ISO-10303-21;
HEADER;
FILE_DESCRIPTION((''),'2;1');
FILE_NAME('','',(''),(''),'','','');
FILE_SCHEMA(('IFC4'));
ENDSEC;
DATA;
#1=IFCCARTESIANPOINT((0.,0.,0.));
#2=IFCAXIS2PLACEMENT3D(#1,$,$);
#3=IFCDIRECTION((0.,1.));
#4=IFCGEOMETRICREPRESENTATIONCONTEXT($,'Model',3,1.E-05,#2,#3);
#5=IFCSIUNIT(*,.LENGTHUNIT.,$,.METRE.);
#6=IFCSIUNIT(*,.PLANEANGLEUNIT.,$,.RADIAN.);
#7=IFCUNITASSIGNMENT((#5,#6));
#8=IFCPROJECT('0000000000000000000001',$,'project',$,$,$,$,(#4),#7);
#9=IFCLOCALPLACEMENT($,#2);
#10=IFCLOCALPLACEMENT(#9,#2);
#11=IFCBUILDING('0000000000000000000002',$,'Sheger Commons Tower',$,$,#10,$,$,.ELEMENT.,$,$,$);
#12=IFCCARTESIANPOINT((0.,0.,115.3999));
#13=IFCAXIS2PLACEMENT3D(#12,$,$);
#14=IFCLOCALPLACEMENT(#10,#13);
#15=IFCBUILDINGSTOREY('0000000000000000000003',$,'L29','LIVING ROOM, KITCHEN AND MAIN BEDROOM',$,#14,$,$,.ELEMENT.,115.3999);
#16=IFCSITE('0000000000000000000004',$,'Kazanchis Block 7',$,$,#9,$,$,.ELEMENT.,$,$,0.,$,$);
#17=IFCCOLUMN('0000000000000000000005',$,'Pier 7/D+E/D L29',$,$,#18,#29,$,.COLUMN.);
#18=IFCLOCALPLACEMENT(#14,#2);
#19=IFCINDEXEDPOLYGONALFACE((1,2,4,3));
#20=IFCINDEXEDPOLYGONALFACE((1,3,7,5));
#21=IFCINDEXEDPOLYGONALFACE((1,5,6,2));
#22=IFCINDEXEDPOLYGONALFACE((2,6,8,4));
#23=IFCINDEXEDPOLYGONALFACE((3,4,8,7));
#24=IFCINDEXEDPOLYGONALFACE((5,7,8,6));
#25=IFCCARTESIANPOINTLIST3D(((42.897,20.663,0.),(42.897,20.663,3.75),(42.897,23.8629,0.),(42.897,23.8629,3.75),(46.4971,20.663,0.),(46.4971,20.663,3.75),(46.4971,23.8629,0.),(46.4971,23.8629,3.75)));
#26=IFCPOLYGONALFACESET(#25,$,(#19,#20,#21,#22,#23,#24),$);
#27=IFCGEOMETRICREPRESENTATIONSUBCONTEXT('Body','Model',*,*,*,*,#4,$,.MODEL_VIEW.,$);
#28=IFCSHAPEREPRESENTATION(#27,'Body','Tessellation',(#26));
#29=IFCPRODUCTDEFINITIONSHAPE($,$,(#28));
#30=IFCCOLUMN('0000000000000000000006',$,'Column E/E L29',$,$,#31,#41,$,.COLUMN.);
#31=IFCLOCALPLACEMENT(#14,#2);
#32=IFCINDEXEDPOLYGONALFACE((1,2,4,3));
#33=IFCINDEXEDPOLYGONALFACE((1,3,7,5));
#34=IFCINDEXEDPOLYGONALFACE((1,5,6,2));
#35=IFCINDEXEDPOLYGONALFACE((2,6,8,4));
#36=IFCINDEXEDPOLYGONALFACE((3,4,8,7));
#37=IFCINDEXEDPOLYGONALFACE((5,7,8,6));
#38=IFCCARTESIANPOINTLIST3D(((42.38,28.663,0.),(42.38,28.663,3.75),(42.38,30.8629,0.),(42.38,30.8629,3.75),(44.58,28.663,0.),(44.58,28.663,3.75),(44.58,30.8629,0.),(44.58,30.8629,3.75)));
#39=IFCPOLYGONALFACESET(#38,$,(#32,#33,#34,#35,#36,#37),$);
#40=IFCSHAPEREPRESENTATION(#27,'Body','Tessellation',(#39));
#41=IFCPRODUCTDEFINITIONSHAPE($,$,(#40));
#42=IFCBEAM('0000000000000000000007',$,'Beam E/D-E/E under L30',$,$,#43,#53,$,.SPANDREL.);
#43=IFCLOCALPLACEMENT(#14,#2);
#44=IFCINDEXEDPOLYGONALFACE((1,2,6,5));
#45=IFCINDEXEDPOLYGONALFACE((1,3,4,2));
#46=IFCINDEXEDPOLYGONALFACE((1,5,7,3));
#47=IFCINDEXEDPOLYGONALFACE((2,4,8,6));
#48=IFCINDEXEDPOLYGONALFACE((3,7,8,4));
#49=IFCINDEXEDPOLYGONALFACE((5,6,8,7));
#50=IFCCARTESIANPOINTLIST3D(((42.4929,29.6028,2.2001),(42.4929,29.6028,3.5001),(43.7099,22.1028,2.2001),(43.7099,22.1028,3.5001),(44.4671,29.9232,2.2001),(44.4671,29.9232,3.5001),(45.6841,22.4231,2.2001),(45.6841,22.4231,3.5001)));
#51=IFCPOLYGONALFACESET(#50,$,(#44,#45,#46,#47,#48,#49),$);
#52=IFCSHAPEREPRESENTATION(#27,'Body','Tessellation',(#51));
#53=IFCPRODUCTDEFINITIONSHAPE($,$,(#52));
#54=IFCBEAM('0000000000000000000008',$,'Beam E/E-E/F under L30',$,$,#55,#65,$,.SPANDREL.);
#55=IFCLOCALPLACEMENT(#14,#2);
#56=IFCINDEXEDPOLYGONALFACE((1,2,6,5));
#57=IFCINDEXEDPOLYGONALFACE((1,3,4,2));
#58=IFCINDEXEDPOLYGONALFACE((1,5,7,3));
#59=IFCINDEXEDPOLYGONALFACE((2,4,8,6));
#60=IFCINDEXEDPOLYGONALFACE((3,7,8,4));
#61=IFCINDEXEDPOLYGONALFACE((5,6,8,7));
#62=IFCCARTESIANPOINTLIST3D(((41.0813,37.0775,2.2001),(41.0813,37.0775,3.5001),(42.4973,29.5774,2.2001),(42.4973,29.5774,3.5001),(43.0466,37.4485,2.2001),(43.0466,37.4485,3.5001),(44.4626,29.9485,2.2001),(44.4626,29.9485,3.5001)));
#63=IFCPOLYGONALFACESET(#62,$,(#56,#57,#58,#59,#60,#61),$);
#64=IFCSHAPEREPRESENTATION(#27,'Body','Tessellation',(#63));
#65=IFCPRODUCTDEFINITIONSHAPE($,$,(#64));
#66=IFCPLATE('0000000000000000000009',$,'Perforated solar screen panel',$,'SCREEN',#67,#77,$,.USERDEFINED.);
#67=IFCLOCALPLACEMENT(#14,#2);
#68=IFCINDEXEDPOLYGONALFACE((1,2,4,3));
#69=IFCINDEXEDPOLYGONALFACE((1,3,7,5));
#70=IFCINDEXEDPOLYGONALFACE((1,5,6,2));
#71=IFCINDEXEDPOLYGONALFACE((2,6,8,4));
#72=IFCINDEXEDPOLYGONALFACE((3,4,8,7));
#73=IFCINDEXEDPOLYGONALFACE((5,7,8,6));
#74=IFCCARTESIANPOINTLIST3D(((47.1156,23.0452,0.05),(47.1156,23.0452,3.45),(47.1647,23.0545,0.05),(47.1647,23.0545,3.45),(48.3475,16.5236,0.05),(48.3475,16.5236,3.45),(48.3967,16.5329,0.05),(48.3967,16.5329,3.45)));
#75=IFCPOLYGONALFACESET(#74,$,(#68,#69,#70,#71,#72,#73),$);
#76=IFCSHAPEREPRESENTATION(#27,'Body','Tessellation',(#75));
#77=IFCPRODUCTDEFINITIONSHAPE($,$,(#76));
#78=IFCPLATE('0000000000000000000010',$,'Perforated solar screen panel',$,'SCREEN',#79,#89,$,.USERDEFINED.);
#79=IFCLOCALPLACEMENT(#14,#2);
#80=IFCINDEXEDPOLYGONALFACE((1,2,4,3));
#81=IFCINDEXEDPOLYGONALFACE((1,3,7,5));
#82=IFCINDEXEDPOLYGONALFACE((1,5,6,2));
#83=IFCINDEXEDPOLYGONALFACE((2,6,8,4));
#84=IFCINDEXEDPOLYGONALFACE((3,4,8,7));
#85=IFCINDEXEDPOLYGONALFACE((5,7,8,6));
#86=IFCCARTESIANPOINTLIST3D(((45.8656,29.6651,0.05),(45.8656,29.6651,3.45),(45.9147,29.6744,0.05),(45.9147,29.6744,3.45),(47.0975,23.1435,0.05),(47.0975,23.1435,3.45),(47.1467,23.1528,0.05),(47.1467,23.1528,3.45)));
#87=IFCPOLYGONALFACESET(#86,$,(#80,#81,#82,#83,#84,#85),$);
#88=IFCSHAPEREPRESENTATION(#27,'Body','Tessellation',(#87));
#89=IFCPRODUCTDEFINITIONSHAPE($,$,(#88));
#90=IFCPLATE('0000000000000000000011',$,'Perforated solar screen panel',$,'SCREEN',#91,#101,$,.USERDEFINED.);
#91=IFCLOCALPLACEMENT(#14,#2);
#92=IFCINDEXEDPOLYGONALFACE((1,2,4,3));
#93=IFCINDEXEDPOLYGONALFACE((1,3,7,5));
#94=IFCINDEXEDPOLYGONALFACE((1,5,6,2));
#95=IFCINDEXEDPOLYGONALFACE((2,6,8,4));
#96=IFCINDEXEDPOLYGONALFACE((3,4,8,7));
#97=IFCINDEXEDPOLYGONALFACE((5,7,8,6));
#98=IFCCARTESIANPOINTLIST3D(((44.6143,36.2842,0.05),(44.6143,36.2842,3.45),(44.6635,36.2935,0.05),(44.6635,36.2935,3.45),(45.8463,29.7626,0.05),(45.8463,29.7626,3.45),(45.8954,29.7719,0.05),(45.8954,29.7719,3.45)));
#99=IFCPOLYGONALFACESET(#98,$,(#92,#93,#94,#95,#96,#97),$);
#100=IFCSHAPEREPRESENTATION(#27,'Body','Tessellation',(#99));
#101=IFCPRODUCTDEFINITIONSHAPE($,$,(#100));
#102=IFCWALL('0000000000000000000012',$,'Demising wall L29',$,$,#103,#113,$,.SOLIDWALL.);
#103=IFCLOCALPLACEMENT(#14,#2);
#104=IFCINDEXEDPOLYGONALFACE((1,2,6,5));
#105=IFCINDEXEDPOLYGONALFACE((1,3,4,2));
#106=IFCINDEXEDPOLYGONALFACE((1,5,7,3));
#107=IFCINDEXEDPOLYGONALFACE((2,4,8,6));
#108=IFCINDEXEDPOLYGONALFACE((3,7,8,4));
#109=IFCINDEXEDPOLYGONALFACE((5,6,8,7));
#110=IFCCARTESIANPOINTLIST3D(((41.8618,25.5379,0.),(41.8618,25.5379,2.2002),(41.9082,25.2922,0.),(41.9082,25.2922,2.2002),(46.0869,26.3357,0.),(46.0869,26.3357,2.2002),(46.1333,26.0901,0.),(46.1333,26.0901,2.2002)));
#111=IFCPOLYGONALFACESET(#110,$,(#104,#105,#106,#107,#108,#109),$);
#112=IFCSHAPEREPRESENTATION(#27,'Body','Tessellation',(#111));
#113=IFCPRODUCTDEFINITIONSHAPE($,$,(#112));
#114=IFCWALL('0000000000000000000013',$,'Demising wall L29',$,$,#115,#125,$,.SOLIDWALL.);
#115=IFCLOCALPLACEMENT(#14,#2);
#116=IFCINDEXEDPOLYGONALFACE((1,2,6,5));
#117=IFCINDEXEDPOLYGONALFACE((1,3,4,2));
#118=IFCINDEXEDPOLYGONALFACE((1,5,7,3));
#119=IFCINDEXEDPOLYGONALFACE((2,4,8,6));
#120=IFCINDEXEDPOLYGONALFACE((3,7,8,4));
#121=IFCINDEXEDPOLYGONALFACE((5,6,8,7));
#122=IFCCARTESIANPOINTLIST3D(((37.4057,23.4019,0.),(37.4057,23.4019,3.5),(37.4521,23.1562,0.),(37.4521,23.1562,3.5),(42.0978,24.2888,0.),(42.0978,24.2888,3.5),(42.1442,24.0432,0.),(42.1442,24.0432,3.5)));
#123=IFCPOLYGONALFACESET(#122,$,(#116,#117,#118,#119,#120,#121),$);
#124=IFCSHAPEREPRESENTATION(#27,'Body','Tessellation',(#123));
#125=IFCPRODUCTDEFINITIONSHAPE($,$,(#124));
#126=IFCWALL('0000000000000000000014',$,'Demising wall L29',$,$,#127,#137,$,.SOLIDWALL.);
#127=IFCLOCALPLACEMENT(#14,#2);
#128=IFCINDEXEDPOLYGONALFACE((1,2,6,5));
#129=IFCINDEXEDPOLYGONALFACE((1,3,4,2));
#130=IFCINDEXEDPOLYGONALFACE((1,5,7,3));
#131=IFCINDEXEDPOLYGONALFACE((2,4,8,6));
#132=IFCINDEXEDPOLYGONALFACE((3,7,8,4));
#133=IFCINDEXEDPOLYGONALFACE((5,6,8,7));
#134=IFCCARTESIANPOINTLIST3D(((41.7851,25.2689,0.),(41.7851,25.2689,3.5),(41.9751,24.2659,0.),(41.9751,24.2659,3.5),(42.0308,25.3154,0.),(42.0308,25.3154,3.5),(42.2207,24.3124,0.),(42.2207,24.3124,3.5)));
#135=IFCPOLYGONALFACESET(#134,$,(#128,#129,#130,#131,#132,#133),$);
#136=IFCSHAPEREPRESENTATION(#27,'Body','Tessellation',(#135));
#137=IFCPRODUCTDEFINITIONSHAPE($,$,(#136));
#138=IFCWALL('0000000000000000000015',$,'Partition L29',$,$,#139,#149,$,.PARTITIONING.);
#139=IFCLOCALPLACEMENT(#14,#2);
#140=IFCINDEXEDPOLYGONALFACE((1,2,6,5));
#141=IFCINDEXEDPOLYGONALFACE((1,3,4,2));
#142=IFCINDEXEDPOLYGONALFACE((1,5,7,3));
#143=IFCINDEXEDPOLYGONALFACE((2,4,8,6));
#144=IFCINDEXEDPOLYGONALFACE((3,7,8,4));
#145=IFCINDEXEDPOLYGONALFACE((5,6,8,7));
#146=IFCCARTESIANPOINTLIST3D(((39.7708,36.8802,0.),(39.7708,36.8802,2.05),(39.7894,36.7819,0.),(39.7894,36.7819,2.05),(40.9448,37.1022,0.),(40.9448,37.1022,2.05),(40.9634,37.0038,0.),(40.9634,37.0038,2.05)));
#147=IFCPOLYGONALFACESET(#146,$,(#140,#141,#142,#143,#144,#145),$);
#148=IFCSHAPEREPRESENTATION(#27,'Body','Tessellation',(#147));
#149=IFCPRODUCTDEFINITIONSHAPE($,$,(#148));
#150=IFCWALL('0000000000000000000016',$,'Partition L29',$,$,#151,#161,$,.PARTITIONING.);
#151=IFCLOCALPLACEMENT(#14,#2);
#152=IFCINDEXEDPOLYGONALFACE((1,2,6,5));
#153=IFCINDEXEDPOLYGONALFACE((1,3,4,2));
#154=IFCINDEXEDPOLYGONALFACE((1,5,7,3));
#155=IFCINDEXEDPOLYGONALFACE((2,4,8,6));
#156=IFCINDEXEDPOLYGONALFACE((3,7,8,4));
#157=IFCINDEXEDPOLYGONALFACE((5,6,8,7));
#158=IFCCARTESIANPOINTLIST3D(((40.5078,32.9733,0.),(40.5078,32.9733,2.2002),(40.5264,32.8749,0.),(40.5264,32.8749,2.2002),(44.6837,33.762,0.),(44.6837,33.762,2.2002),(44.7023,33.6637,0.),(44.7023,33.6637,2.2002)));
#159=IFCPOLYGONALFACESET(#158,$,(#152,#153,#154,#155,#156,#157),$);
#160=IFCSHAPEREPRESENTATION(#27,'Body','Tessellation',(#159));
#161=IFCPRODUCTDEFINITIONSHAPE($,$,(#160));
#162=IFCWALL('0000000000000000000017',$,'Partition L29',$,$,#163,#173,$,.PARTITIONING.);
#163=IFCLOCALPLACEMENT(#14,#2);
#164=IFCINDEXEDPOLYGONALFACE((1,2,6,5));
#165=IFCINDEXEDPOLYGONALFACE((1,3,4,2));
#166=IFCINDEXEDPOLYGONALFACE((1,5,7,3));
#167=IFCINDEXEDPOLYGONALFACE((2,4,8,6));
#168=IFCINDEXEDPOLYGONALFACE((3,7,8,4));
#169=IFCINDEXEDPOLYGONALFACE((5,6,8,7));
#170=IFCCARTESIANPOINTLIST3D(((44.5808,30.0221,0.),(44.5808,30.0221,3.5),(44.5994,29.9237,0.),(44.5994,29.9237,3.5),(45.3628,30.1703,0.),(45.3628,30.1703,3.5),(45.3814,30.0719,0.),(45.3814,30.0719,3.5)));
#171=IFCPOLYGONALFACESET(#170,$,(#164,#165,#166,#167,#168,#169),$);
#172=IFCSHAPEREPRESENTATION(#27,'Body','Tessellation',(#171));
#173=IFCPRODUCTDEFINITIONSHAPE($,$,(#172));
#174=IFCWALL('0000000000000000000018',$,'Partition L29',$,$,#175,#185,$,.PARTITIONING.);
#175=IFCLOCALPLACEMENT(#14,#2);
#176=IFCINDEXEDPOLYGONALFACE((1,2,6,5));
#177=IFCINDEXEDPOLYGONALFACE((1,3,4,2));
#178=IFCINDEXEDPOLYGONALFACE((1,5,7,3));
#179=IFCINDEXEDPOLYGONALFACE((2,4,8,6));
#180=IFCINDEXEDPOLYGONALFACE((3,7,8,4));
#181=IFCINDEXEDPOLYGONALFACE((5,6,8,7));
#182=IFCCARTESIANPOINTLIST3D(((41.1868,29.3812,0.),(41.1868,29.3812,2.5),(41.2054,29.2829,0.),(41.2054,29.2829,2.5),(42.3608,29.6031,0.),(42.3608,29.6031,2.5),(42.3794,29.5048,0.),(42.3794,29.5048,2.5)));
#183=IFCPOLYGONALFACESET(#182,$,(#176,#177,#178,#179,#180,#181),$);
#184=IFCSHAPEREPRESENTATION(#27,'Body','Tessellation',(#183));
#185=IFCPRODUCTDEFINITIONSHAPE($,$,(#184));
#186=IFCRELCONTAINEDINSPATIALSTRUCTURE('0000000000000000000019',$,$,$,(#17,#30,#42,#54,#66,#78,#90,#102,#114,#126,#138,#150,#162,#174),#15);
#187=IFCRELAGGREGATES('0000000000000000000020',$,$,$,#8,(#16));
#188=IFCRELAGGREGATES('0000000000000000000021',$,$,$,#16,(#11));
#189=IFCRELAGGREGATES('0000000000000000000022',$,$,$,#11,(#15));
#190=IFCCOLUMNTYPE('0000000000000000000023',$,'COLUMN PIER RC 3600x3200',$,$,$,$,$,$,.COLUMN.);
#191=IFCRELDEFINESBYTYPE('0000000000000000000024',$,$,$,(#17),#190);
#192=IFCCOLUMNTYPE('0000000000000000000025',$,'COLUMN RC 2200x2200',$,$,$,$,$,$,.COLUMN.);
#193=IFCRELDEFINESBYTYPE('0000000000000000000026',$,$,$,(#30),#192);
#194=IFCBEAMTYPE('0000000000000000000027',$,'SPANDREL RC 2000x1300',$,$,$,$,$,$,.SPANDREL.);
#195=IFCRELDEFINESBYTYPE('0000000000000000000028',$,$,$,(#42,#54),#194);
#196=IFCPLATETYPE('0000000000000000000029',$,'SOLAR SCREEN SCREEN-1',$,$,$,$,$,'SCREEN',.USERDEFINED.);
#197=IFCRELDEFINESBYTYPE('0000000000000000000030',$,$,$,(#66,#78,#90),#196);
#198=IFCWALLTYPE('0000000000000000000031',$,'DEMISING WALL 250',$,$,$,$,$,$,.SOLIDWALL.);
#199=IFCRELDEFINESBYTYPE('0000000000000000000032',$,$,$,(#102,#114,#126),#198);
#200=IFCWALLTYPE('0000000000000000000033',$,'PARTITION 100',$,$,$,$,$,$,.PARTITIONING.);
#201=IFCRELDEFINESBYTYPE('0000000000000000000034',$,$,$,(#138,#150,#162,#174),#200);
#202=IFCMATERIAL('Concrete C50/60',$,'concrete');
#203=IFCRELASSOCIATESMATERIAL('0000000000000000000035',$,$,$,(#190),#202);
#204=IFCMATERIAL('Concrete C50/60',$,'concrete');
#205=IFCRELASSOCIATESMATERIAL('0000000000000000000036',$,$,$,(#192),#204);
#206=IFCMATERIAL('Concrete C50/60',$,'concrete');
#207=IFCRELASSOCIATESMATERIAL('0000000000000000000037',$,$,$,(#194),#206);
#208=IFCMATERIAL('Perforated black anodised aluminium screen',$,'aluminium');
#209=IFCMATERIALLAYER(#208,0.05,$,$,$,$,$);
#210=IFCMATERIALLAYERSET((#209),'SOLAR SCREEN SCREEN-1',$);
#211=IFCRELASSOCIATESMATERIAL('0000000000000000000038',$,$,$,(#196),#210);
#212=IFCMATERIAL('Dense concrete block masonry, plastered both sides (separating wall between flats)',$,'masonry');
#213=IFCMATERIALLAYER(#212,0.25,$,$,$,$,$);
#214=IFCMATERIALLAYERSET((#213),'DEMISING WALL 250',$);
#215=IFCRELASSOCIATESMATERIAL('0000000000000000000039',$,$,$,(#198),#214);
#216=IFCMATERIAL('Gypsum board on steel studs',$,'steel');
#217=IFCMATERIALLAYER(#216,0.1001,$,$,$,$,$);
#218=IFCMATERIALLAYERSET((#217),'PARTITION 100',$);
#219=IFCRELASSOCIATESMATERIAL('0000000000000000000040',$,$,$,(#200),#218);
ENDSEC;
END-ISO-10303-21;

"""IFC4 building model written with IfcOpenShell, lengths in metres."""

from ifc_helpers import new_model, si_unit, direction, frame, frame_2d, origin, origin_2d, place, context, subcontext, project, spatial, rectangle, extrude, material, layer, layer_set, material_profile, profile_set, type_object, element, save


model = new_model("IFC4")

# Units and contexts
model_context = context("Model", 3, precision=1e-05, world=origin(), true_north=direction((0.0, 1.0)))
body_context = subcontext(model_context, "Body", "Model", "MODEL_VIEW")
ifc_project = project(units=[si_unit("LENGTHUNIT", "METRE"), si_unit("PLANEANGLEUNIT", "RADIAN")], contexts=[model_context])

# Site, building, storey
site_placement = place(None, origin())
site = spatial("IfcSite", under=ifc_project, at=site_placement, Name="Kazanchis Block 7", CompositionType="ELEMENT", RefElevation=0.0)
building_placement = place(site_placement, origin())
building = spatial("IfcBuilding", under=site, at=building_placement, Name="Sheger Commons Tower", CompositionType="ELEMENT")
storey_placement = place(building_placement, frame((0.0, 0.0, 115.3999)))
storey = spatial("IfcBuildingStorey", under=building, at=storey_placement, Name="L29", Description="LIVING ROOM, KITCHEN AND MAIN BEDROOM", CompositionType="ELEMENT", Elevation=115.3999)

# Columns
ifc_material_1 = material(Name="Concrete C50/60", Category="concrete")
ifc_material_profile_1 = material_profile(ifc_material_1, rectangle(XDim=3.6001, YDim=3.2, at=origin_2d()), Name="RC 3600x3200")
ifc_profile_set_1 = profile_set([ifc_material_profile_1], Name="Concrete C50/60")
column_type_1 = type_object("IfcColumnType", Name="COLUMN PIER RC 3600x3200", PredefinedType="COLUMN", material=ifc_profile_set_1)
column_1_placement = place(storey_placement, frame((44.697, 22.2629, 0.0), z_axis=(0.0, 0.0, 1.0), x_axis=(1.0, 0.0, 0.0)))
element("IfcColumn", 1, at=column_1_placement, inside=storey, type_object=column_type_1, Name="Pier 7/D+E/D L29", PredefinedType="COLUMN", context=body_context, shape_type="SweptSolid", body=[
    extrude(rectangle(XDim=3.6001, YDim=3.2, at=origin_2d()), origin(), (0.0, 0.0, 1.0), 3.75),
])
ifc_material_2 = material(Name="Concrete C50/60", Category="concrete")
ifc_material_profile_2 = material_profile(ifc_material_2, rectangle(XDim=2.2, YDim=2.2, at=origin_2d()), Name="RC 2200x2200")
ifc_profile_set_2 = profile_set([ifc_material_profile_2], Name="Concrete C50/60")
column_type_2 = type_object("IfcColumnType", Name="COLUMN RC 2200x2200", PredefinedType="COLUMN", material=ifc_profile_set_2)
column_2_placement = place(storey_placement, frame((43.48, 29.7629, 0.0), z_axis=(0.0, 0.0, 1.0), x_axis=(1.0, 0.0, 0.0)))
element("IfcColumn", 2, at=column_2_placement, inside=storey, type_object=column_type_2, Name="Column E/E L29", PredefinedType="COLUMN", context=body_context, shape_type="SweptSolid", body=[
    extrude(rectangle(XDim=2.2, YDim=2.2, at=origin_2d()), origin(), (0.0, 0.0, 1.0), 3.75),
])

# Beams
ifc_material_3 = material(Name="Concrete C50/60", Category="concrete")
ifc_material_profile_3 = material_profile(ifc_material_3, rectangle(XDim=2.0, YDim=1.3, at=origin_2d()), Name="RC 2000x1300")
ifc_profile_set_3 = profile_set([ifc_material_profile_3], Name="Concrete C50/60")
beam_type = type_object("IfcBeamType", Name="SPANDREL RC 2000x1300", PredefinedType="SPANDREL", material=ifc_profile_set_3)
beam_1_placement = place(storey_placement, frame((44.697, 22.2629, 2.8501), z_axis=(-0.160177, 0.987088, 0.0), x_axis=(-0.987088, -0.160177, 0.0)))
element("IfcBeam", 3, at=beam_1_placement, inside=storey, type_object=beam_type, Name="Beam E/D-E/E under L30", PredefinedType="SPANDREL", context=body_context, shape_type="SweptSolid", body=[
    extrude(rectangle(XDim=2.0, YDim=1.3, at=origin_2d()), origin(), (0.0, 0.0, 1.0), 7.5981),
])
beam_2_placement = place(storey_placement, frame((43.48, 29.7629, 2.8501), z_axis=(-0.185524, 0.98264, 0.0), x_axis=(-0.98264, -0.185524, 0.0)))
element("IfcBeam", 4, at=beam_2_placement, inside=storey, type_object=beam_type, Name="Beam E/E-E/F under L30", PredefinedType="SPANDREL", context=body_context, shape_type="SweptSolid", body=[
    extrude(rectangle(XDim=2.0, YDim=1.3, at=origin_2d()), origin(), (0.0, 0.0, 1.0), 7.6326),
])

# Plates
ifc_material_4 = material(Name="Perforated black anodised aluminium screen", Category="aluminium")
ifc_layer_1 = layer(ifc_material_4, 0.05)
ifc_layer_set_1 = layer_set([ifc_layer_1], Name="SOLAR SCREEN SCREEN-1")
plate_type = type_object("IfcPlateType", Name="SOLAR SCREEN SCREEN-1", ElementType="SCREEN", PredefinedType="USERDEFINED", material=ifc_layer_set_1)
for number, where, z_axis, x_axis, name in (
    (5, (47.7561, 19.7891, 0.05), (0.0, 0.0, 1.0), (-0.185615, 0.982623, 0.0), "Perforated solar screen panel"),
    (6, (46.5061, 26.4089, 0.05), (0.0, 0.0, 1.0), (-0.185615, 0.982623, 0.0), "Perforated solar screen panel"),
    (7, (45.2549, 33.0281, 0.05), (0.0, 0.0, 1.0), (-0.185615, 0.982623, 0.0), "Perforated solar screen panel"),
):
    element("IfcPlate", number, at=place(storey_placement, frame(where, z_axis=z_axis, x_axis=x_axis)), inside=storey, type_object=plate_type, Name=name, ObjectType="SCREEN", PredefinedType="USERDEFINED", context=body_context, shape_type="SweptSolid", body=[
        extrude(rectangle(XDim=6.637, YDim=0.05, at=origin_2d()), origin(), (0.0, 0.0, 1.0), 3.3999),
    ])

# Walls
ifc_material_5 = material(Name="Dense concrete block masonry, plastered both sides (separating wall between flats)", Category="masonry")
ifc_layer_2 = layer(ifc_material_5, 0.25)
ifc_layer_set_2 = layer_set([ifc_layer_2], Name="DEMISING WALL 250")
wall_type_1 = type_object("IfcWallType", Name="DEMISING WALL 250", PredefinedType="SOLIDWALL", material=ifc_layer_set_2)
wall_1_placement = place(storey_placement, frame((46.1101, 26.2129, 0.0), z_axis=(0.0, 0.0, 1.0), x_axis=(-0.982634, -0.185557, 0.0)))
element("IfcWall", 8, at=wall_1_placement, inside=storey, type_object=wall_type_1, Name="Demising wall L29", PredefinedType="SOLIDWALL", context=body_context, shape_type="SweptSolid", body=[
    extrude(rectangle(XDim=4.2998, YDim=0.25, at=frame_2d((2.1499, 0.0))), origin(), (0.0, 0.0, 1.0), 2.2002),
])
wall_2_placement = place(storey_placement, frame((42.1211, 24.166, 0.0), z_axis=(0.0, 0.0, 1.0), x_axis=(-0.982599, -0.185742, 0.0)))
element("IfcWall", 9, at=wall_2_placement, inside=storey, type_object=wall_type_1, Name="Demising wall L29", PredefinedType="SOLIDWALL", context=body_context, shape_type="SweptSolid", body=[
    extrude(rectangle(XDim=4.7751, YDim=0.25, at=frame_2d((2.3877, 0.0))), origin(), (0.0, 0.0, 1.0), 3.5),
])
wall_3_placement = place(storey_placement, frame((41.908, 25.292, 0.0), z_axis=(0.0, 0.0, 1.0), x_axis=(0.186079, -0.982535, 0.0)))
element("IfcWall", 10, at=wall_3_placement, inside=storey, type_object=wall_type_1, Name="Demising wall L29", PredefinedType="SOLIDWALL", context=body_context, shape_type="SweptSolid", body=[
    extrude(rectangle(XDim=1.0208, YDim=0.25, at=frame_2d((0.5103, 0.0))), origin(), (0.0, 0.0, 1.0), 3.5),
])
ifc_material_6 = material(Name="Gypsum board on steel studs", Category="steel")
ifc_layer_3 = layer(ifc_material_6, 0.1001)
ifc_layer_set_3 = layer_set([ifc_layer_3], Name="PARTITION 100")
wall_type_2 = type_object("IfcWallType", Name="PARTITION 100", PredefinedType="PARTITIONING", material=ifc_layer_set_3)
wall_4_placement = place(storey_placement, frame((40.9541, 37.053, 0.0), z_axis=(0.0, 0.0, 1.0), x_axis=(-0.9826, -0.185732, 0.0)))
element("IfcWall", 11, at=wall_4_placement, inside=storey, type_object=wall_type_2, Name="Partition L29", PredefinedType="PARTITIONING", context=body_context, shape_type="SweptSolid", body=[
    extrude(rectangle(XDim=1.1948, YDim=0.1001, at=frame_2d((0.5974, 0.0))), origin(), (0.0, 0.0, 1.0), 2.05),
])
wall_5_placement = place(storey_placement, frame((44.6931, 33.7129, 0.0), z_axis=(0.0, 0.0, 1.0), x_axis=(-0.982624, -0.18561, 0.0)))
element("IfcWall", 12, at=wall_5_placement, inside=storey, type_object=wall_type_2, Name="Partition L29", PredefinedType="PARTITIONING", context=body_context, shape_type="SweptSolid", body=[
    extrude(rectangle(XDim=4.2498, YDim=0.1001, at=frame_2d((2.125, 0.0))), origin(), (0.0, 0.0, 1.0), 2.2002),
])
wall_6_placement = place(storey_placement, frame((45.3721, 30.1211, 0.0), z_axis=(0.0, 0.0, 1.0), x_axis=(-0.982513, -0.186196, 0.0)))
element("IfcWall", 13, at=wall_6_placement, inside=storey, type_object=wall_type_2, Name="Partition L29", PredefinedType="PARTITIONING", context=body_context, shape_type="SweptSolid", body=[
    extrude(rectangle(XDim=0.7959, YDim=0.1001, at=frame_2d((0.3979, 0.0))), origin(), (0.0, 0.0, 1.0), 3.5),
])
wall_7_placement = place(storey_placement, frame((42.3701, 29.554, 0.0), z_axis=(0.0, 0.0, 1.0), x_axis=(-0.9826, -0.185732, 0.0)))
element("IfcWall", 14, at=wall_7_placement, inside=storey, type_object=wall_type_2, Name="Partition L29", PredefinedType="PARTITIONING", context=body_context, shape_type="SweptSolid", body=[
    extrude(rectangle(XDim=1.1948, YDim=0.1001, at=frame_2d((0.5974, 0.0))), origin(), (0.0, 0.0, 1.0), 2.5),
])

save(model, "model.ifc")
